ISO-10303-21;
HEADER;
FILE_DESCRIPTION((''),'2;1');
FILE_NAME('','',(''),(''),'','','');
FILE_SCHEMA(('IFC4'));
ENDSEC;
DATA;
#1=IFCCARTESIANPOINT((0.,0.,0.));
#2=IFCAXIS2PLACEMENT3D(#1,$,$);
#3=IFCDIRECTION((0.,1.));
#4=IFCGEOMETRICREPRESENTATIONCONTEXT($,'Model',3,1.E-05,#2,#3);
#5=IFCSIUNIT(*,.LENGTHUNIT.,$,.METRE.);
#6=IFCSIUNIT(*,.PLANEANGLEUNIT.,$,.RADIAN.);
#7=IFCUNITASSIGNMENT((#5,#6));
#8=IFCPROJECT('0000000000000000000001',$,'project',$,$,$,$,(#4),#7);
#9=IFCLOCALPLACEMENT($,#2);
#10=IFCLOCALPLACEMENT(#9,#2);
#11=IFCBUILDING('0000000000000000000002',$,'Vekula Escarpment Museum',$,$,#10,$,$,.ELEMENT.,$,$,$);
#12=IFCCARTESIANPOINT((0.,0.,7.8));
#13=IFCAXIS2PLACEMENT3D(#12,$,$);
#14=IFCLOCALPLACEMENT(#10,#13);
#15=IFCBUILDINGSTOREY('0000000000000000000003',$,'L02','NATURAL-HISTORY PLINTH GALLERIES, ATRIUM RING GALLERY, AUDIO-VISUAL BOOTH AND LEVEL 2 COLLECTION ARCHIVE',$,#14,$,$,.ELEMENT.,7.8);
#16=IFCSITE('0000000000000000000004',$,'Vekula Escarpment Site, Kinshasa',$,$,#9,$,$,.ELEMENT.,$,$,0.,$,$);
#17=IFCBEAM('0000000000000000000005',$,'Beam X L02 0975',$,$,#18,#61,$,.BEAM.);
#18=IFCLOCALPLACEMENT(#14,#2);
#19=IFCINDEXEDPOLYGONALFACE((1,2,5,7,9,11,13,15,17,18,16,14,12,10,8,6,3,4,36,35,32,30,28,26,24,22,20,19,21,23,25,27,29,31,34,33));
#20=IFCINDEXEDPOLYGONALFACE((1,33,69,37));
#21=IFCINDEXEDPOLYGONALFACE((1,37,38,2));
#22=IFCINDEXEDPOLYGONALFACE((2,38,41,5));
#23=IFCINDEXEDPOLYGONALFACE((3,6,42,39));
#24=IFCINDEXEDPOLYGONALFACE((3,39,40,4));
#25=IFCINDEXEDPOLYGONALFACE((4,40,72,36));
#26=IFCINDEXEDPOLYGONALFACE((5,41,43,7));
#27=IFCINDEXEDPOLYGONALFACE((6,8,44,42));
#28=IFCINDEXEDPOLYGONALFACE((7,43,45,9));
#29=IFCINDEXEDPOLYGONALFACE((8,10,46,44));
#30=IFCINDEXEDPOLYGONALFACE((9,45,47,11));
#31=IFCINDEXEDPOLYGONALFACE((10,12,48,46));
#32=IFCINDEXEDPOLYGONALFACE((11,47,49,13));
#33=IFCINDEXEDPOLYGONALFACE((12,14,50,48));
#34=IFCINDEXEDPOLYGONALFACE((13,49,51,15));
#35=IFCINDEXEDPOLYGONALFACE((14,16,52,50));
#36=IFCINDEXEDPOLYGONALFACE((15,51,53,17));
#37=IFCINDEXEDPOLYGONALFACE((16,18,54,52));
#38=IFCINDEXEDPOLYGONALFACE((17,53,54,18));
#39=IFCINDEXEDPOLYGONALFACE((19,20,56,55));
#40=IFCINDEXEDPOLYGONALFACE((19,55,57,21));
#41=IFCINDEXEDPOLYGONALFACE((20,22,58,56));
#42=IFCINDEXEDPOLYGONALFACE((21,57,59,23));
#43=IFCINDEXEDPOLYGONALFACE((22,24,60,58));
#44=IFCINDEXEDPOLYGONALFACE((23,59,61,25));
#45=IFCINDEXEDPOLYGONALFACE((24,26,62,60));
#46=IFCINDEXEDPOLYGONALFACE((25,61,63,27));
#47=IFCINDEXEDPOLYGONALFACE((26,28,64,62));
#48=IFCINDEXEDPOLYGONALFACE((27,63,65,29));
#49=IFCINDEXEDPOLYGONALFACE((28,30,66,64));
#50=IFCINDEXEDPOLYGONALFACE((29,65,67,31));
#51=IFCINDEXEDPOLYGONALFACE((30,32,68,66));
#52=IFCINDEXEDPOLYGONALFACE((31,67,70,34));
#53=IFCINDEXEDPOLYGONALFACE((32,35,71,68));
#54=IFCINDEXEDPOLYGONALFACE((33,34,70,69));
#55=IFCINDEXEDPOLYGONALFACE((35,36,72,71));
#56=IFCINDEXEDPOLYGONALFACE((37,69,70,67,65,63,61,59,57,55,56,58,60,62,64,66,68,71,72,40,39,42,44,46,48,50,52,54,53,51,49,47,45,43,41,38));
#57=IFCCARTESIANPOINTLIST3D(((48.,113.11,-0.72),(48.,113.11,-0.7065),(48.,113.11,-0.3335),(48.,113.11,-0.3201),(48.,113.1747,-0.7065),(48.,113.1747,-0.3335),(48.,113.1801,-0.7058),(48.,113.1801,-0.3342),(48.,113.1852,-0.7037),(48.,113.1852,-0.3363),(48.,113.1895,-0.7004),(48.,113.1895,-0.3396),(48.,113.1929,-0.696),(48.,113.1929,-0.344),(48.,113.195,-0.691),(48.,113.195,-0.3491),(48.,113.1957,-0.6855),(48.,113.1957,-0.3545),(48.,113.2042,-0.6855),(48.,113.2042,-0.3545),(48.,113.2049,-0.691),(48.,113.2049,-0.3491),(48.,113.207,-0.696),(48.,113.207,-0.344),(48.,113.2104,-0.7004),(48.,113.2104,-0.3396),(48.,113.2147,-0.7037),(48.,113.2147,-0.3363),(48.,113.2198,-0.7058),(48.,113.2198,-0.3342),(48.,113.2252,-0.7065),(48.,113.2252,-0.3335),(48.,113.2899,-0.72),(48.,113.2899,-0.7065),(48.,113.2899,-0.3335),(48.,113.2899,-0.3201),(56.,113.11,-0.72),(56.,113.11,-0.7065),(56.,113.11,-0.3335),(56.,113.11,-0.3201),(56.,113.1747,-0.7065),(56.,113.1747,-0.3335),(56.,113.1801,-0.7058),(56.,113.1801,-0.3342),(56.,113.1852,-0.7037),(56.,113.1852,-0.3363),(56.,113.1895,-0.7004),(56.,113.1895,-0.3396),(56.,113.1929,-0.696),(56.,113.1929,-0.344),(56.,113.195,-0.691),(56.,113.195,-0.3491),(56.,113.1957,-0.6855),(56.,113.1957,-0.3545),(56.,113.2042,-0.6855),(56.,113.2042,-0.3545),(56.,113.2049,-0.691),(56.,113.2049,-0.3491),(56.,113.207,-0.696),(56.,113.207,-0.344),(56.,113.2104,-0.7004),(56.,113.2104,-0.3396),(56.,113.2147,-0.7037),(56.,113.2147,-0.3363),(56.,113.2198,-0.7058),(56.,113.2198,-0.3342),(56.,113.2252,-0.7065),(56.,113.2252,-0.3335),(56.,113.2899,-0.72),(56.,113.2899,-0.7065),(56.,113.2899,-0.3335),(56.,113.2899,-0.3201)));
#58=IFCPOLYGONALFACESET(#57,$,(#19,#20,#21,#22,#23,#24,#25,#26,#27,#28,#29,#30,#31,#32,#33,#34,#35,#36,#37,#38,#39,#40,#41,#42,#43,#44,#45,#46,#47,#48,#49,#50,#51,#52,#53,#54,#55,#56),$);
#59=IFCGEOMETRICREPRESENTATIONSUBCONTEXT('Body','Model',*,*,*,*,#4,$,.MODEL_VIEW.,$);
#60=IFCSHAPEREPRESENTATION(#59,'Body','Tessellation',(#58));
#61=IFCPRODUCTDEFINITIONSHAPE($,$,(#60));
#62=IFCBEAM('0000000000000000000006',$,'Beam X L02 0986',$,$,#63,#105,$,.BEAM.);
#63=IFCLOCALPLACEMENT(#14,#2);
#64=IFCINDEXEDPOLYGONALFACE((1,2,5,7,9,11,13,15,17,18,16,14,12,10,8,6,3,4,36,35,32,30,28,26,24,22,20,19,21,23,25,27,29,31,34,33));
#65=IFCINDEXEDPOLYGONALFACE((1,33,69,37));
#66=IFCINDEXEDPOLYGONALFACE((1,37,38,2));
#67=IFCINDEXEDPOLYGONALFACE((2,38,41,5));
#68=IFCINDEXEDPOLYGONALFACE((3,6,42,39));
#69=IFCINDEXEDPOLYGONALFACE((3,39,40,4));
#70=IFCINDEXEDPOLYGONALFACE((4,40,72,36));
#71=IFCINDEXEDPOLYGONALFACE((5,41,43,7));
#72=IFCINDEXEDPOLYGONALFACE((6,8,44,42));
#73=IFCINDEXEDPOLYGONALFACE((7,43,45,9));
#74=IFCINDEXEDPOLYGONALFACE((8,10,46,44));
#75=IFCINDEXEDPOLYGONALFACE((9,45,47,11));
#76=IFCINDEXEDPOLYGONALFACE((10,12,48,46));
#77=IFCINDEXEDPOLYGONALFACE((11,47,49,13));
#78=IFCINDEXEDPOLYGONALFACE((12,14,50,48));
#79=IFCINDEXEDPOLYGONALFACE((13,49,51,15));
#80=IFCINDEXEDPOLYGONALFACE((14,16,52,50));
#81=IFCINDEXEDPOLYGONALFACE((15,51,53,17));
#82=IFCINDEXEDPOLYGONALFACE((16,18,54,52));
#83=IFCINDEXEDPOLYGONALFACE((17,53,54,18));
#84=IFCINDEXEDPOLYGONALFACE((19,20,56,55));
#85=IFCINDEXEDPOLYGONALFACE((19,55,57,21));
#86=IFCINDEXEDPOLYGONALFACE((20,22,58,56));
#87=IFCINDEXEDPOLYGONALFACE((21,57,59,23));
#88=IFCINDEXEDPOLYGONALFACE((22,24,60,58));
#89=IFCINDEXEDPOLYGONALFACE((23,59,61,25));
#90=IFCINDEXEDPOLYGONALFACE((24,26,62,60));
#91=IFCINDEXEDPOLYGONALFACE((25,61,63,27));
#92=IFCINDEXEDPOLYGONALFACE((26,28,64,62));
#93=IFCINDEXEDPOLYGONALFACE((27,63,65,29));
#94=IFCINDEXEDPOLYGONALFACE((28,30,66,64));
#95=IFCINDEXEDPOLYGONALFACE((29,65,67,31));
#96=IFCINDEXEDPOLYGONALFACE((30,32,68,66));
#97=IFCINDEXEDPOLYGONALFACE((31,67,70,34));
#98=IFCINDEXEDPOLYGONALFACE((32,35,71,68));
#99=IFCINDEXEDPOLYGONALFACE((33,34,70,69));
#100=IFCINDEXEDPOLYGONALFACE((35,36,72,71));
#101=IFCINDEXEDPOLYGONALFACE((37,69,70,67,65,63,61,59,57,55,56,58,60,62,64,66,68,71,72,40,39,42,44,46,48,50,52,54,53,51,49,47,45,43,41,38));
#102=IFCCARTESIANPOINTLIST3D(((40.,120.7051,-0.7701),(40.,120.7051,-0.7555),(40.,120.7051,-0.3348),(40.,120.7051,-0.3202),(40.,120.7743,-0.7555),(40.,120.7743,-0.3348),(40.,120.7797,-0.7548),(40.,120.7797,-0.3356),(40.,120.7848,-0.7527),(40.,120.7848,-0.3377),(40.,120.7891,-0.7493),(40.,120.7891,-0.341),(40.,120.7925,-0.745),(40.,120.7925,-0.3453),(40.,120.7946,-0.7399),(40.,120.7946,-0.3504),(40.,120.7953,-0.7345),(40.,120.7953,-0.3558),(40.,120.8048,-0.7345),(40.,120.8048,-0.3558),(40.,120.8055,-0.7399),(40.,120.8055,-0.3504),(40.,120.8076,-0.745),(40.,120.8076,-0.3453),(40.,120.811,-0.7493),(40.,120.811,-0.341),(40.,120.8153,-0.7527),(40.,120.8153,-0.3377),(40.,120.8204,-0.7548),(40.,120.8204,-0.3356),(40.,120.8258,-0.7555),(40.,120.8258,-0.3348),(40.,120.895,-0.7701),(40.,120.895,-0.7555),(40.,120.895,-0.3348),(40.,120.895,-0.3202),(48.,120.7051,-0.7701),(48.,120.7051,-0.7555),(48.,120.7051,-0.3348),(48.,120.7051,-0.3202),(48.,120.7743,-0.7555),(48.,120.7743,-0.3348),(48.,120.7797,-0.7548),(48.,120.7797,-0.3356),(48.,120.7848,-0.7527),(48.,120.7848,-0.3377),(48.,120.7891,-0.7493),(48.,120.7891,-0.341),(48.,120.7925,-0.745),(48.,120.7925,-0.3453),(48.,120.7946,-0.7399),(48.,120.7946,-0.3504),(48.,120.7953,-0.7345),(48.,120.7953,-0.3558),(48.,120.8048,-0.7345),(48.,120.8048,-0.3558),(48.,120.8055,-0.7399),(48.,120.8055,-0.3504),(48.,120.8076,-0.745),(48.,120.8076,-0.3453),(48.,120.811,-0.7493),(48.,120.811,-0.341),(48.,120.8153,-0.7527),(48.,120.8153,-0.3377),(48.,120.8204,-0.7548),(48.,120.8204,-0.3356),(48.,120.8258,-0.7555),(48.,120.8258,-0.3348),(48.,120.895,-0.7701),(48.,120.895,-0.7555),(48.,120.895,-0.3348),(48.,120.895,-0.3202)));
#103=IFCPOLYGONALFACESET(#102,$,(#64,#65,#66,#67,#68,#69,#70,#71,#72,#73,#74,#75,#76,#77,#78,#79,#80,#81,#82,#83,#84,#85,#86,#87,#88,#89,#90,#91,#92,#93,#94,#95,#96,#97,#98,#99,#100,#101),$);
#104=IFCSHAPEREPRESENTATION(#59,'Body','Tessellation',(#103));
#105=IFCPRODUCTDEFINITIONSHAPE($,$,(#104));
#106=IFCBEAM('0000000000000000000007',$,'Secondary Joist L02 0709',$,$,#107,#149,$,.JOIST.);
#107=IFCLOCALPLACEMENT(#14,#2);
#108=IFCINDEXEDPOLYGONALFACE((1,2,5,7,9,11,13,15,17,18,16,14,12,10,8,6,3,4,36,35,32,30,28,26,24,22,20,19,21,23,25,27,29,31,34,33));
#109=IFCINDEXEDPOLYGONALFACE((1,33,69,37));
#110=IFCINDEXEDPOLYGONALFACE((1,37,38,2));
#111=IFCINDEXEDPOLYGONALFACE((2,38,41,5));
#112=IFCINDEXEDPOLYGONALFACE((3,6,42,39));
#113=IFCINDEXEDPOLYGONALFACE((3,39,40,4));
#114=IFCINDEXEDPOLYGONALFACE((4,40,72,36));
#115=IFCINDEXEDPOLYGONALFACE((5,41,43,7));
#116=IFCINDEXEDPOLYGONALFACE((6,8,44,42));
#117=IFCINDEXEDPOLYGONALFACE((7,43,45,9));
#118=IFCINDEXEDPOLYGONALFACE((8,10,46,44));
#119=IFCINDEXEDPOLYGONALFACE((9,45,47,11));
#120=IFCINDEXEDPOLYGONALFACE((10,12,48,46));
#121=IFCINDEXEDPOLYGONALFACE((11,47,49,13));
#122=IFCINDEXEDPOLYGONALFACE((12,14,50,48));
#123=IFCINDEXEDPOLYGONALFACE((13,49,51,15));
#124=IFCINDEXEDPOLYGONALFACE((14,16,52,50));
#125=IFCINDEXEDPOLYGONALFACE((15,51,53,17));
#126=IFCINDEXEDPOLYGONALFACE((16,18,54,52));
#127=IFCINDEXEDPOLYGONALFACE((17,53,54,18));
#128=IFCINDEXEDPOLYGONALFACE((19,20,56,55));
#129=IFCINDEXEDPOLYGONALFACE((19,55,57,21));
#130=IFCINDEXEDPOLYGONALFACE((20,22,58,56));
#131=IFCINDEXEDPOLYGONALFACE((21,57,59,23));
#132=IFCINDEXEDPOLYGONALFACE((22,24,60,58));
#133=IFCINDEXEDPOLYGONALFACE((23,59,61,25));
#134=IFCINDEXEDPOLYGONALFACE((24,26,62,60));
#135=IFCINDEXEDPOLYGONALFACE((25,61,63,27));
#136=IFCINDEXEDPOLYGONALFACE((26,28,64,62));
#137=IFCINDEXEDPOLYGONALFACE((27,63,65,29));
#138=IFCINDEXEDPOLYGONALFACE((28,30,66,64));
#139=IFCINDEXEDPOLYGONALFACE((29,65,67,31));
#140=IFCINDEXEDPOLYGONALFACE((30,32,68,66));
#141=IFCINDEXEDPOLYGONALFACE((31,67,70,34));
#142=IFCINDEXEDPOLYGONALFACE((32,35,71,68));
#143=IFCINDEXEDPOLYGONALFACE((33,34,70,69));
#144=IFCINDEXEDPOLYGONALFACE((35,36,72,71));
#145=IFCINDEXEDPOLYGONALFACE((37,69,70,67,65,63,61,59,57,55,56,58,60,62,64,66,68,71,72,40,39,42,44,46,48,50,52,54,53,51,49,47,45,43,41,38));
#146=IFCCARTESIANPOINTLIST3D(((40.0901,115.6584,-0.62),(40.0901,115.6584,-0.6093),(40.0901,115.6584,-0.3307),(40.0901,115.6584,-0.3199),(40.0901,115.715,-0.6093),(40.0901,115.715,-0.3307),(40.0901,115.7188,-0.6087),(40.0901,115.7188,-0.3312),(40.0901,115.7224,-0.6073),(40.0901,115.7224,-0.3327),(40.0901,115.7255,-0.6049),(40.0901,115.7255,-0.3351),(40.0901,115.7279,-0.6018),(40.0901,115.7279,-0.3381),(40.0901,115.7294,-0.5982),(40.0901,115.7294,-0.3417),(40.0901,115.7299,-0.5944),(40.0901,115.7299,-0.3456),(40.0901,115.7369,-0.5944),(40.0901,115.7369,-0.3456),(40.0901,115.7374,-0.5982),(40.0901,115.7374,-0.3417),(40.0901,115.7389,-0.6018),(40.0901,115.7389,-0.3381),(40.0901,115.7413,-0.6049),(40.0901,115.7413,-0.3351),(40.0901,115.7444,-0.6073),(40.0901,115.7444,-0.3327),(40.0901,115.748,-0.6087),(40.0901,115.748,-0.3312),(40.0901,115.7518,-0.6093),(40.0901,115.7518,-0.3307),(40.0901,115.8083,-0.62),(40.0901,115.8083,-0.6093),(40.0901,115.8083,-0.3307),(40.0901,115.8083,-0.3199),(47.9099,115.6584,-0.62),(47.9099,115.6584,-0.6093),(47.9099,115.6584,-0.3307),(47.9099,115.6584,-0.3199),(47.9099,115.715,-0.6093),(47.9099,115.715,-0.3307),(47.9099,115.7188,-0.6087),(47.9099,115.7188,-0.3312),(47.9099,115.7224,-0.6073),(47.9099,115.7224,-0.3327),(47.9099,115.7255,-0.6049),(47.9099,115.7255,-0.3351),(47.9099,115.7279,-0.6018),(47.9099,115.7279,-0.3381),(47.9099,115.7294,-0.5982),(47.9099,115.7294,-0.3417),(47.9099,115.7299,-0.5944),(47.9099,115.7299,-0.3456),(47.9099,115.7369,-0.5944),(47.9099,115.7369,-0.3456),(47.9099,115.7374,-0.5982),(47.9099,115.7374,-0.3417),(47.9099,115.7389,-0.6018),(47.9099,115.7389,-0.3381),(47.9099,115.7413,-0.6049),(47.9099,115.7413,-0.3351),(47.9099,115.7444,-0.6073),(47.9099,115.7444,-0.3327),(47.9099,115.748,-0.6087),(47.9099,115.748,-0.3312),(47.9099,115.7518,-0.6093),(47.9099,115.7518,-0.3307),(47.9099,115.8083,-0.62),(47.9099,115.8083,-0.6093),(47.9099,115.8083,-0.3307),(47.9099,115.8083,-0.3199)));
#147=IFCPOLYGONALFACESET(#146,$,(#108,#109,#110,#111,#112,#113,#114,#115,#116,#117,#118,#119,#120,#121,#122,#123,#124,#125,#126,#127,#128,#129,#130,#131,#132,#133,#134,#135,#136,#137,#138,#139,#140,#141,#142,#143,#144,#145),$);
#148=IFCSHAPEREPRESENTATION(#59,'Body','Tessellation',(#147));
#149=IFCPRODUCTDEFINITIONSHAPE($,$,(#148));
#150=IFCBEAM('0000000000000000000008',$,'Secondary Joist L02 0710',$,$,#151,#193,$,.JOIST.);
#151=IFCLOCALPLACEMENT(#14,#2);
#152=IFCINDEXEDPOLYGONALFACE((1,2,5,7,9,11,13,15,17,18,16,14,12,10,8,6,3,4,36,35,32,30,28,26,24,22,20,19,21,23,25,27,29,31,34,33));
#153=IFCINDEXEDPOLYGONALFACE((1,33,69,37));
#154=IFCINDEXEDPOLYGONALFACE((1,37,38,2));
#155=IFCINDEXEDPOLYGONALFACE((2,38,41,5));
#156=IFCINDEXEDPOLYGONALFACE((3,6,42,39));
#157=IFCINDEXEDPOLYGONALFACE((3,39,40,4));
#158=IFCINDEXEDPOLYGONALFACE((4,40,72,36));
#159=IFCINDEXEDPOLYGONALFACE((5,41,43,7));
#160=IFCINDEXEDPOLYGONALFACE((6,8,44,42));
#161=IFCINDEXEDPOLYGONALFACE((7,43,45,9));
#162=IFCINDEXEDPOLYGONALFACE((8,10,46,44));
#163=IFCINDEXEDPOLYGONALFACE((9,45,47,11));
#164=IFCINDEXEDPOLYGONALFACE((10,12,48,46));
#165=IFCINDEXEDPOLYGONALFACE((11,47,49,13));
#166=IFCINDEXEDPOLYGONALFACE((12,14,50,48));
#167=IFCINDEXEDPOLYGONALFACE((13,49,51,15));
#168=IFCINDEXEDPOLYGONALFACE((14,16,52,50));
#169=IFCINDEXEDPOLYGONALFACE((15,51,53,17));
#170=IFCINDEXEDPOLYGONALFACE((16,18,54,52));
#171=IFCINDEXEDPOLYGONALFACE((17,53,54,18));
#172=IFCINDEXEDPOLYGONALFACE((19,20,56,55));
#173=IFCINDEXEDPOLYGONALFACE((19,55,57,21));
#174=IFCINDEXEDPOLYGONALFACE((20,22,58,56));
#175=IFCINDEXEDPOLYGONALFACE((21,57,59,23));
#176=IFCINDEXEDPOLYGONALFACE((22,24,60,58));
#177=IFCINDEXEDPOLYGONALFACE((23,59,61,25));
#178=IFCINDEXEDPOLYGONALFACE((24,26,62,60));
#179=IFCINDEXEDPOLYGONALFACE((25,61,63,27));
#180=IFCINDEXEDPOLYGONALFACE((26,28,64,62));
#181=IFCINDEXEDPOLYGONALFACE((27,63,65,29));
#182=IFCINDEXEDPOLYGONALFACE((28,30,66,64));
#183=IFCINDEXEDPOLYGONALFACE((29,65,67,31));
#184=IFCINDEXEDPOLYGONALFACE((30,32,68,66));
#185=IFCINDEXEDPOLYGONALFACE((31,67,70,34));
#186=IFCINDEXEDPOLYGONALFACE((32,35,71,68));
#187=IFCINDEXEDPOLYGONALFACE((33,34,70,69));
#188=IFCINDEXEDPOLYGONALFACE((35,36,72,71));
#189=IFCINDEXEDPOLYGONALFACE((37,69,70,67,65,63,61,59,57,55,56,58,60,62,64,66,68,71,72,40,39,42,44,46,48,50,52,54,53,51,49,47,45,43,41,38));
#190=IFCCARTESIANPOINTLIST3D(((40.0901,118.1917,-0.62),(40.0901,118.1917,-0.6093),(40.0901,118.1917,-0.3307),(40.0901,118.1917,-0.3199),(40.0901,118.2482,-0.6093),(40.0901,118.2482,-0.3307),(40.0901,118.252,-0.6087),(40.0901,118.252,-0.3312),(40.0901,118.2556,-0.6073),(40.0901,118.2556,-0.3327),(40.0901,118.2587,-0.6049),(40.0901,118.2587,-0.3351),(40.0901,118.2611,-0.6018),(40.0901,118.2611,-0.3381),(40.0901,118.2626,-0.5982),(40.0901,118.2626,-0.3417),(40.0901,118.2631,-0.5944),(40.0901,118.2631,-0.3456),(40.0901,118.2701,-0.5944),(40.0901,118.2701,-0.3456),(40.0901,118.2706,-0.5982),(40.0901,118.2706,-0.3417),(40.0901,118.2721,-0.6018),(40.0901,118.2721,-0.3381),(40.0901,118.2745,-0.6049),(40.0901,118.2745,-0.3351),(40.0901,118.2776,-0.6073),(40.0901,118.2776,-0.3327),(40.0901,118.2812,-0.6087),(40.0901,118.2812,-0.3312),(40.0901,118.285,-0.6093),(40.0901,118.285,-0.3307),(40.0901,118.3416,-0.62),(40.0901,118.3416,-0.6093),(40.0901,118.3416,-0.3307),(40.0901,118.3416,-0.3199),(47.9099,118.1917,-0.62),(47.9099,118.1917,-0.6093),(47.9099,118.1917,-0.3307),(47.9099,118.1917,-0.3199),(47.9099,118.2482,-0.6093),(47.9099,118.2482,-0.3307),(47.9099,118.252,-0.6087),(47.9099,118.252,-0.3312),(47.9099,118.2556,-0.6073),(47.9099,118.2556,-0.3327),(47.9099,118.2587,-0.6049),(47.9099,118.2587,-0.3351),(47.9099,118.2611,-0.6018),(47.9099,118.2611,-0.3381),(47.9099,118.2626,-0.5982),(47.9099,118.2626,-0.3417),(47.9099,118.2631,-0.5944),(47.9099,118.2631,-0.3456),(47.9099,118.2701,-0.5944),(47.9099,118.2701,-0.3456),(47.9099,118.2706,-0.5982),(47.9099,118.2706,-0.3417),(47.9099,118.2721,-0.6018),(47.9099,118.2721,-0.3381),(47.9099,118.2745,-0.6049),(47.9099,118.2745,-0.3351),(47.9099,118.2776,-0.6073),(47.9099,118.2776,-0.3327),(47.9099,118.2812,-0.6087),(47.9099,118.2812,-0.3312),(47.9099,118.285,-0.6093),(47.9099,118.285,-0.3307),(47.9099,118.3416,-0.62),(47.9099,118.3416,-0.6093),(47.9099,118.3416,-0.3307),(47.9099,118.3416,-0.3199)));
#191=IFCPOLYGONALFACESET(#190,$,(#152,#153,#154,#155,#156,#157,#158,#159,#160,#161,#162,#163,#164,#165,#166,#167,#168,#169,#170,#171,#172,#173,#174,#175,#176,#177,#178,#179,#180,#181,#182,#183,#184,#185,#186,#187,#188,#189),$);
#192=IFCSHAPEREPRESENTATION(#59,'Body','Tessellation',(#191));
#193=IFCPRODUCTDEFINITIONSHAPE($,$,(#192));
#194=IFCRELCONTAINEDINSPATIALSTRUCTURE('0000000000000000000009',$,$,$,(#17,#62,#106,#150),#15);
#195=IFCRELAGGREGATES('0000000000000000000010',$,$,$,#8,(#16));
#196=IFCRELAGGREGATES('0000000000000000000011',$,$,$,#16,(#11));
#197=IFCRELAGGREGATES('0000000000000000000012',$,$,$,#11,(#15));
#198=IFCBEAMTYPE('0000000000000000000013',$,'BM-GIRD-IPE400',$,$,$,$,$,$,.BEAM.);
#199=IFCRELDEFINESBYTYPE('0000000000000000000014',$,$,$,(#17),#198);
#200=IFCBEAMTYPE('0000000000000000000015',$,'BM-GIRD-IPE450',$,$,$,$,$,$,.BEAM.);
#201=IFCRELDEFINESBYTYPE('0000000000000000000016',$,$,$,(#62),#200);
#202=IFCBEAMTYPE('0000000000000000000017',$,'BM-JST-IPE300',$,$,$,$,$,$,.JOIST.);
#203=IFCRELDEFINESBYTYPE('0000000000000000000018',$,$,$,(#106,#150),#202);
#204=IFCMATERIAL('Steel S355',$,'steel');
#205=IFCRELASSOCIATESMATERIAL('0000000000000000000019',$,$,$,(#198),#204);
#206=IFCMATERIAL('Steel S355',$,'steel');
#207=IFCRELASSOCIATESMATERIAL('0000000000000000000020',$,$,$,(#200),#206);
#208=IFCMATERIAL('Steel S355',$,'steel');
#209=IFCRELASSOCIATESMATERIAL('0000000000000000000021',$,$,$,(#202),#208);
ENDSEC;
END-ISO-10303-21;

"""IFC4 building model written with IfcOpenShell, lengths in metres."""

from ifc_helpers import new_model, si_unit, direction, frame, origin, origin_2d, place, context, subcontext, project, spatial, i_section, extrude, material, material_profile, profile_set, type_object, element, save


model = new_model("IFC4")

# Units and contexts
model_context = context("Model", 3, precision=1e-05, world=origin(), true_north=direction((0.0, 1.0)))
body_context = subcontext(model_context, "Body", "Model", "MODEL_VIEW")
ifc_project = project(units=[si_unit("LENGTHUNIT", "METRE"), si_unit("PLANEANGLEUNIT", "RADIAN")], contexts=[model_context])

# Site, building, storey
site_placement = place(None, origin())
site = spatial("IfcSite", under=ifc_project, at=site_placement, Name="Vekula Escarpment Site, Kinshasa", CompositionType="ELEMENT", RefElevation=0.0)
building_placement = place(site_placement, origin())
building = spatial("IfcBuilding", under=site, at=building_placement, Name="Vekula Escarpment Museum", CompositionType="ELEMENT")
storey_placement = place(building_placement, frame((0.0, 0.0, 7.8)))
storey = spatial("IfcBuildingStorey", under=building, at=storey_placement, Name="L02", Description="NATURAL-HISTORY PLINTH GALLERIES, ATRIUM RING GALLERY, AUDIO-VISUAL BOOTH AND LEVEL 2 COLLECTION ARCHIVE", CompositionType="ELEMENT", Elevation=7.8)

# Beams
ifc_material_1 = material(Name="Steel S355", Category="steel")
ifc_material_profile_1 = material_profile(ifc_material_1, i_section(OverallWidth=0.1799, OverallDepth=0.3999, WebThickness=0.0085, FlangeThickness=0.0134, FilletRadius=0.021, at=origin_2d()), Name="IPE 400")
ifc_profile_set_1 = profile_set([ifc_material_profile_1], Name="Steel S355")
beam_type_1 = type_object("IfcBeamType", Name="BM-GIRD-IPE400", PredefinedType="BEAM", material=ifc_profile_set_1)
beam_1_placement = place(storey_placement, frame((48.0, 113.2, -0.52), z_axis=(1.0, 0.0, 0.0), x_axis=(0.0, 1.0, 0.0)))
element("IfcBeam", 1, at=beam_1_placement, inside=storey, type_object=beam_type_1, Name="Beam X L02 0975", PredefinedType="BEAM", context=body_context, shape_type="SweptSolid", body=[
    extrude(i_section(OverallWidth=0.1799, OverallDepth=0.3999, WebThickness=0.0085, FlangeThickness=0.0134, FilletRadius=0.021, at=origin_2d()), origin(), (0.0, 0.0, 1.0), 8.0),
])
ifc_material_2 = material(Name="Steel S355", Category="steel")
ifc_material_profile_2 = material_profile(ifc_material_2, i_section(OverallWidth=0.1899, OverallDepth=0.45, WebThickness=0.0095, FlangeThickness=0.0146, FilletRadius=0.021, at=origin_2d()), Name="IPE 450")
ifc_profile_set_2 = profile_set([ifc_material_profile_2], Name="Steel S355")
beam_type_2 = type_object("IfcBeamType", Name="BM-GIRD-IPE450", PredefinedType="BEAM", material=ifc_profile_set_2)
beam_2_placement = place(storey_placement, frame((40.0, 120.8, -0.5452), z_axis=(1.0, 0.0, 0.0), x_axis=(0.0, 1.0, 0.0)))
element("IfcBeam", 2, at=beam_2_placement, inside=storey, type_object=beam_type_2, Name="Beam X L02 0986", PredefinedType="BEAM", context=body_context, shape_type="SweptSolid", body=[
    extrude(i_section(OverallWidth=0.1899, OverallDepth=0.45, WebThickness=0.0095, FlangeThickness=0.0146, FilletRadius=0.021, at=origin_2d()), origin(), (0.0, 0.0, 1.0), 8.0),
])
ifc_material_3 = material(Name="Steel S355", Category="steel")
ifc_material_profile_3 = material_profile(ifc_material_3, i_section(OverallWidth=0.1499, OverallDepth=0.3, WebThickness=0.0071, FlangeThickness=0.0107, FilletRadius=0.0149, at=origin_2d()), Name="IPE 300")
ifc_profile_set_3 = profile_set([ifc_material_profile_3], Name="Steel S355")
beam_type_3 = type_object("IfcBeamType", Name="BM-JST-IPE300", PredefinedType="JOIST", material=ifc_profile_set_3)
for number, where, z_axis, x_axis, name in (
    (3, (40.0901, 115.7334, -0.47), (1.0, 0.0, 0.0), (0.0, 1.0, 0.0), "Secondary Joist L02 0709"),
    (4, (40.0901, 118.2666, -0.47), (1.0, 0.0, 0.0), (0.0, 1.0, 0.0), "Secondary Joist L02 0710"),
):
    element("IfcBeam", number, at=place(storey_placement, frame(where, z_axis=z_axis, x_axis=x_axis)), inside=storey, type_object=beam_type_3, Name=name, PredefinedType="JOIST", context=body_context, shape_type="SweptSolid", body=[
        extrude(i_section(OverallWidth=0.1499, OverallDepth=0.3, WebThickness=0.0071, FlangeThickness=0.0107, FilletRadius=0.0149, at=origin_2d()), origin(), (0.0, 0.0, 1.0), 7.8198),
    ])

save(model, "model.ifc")
